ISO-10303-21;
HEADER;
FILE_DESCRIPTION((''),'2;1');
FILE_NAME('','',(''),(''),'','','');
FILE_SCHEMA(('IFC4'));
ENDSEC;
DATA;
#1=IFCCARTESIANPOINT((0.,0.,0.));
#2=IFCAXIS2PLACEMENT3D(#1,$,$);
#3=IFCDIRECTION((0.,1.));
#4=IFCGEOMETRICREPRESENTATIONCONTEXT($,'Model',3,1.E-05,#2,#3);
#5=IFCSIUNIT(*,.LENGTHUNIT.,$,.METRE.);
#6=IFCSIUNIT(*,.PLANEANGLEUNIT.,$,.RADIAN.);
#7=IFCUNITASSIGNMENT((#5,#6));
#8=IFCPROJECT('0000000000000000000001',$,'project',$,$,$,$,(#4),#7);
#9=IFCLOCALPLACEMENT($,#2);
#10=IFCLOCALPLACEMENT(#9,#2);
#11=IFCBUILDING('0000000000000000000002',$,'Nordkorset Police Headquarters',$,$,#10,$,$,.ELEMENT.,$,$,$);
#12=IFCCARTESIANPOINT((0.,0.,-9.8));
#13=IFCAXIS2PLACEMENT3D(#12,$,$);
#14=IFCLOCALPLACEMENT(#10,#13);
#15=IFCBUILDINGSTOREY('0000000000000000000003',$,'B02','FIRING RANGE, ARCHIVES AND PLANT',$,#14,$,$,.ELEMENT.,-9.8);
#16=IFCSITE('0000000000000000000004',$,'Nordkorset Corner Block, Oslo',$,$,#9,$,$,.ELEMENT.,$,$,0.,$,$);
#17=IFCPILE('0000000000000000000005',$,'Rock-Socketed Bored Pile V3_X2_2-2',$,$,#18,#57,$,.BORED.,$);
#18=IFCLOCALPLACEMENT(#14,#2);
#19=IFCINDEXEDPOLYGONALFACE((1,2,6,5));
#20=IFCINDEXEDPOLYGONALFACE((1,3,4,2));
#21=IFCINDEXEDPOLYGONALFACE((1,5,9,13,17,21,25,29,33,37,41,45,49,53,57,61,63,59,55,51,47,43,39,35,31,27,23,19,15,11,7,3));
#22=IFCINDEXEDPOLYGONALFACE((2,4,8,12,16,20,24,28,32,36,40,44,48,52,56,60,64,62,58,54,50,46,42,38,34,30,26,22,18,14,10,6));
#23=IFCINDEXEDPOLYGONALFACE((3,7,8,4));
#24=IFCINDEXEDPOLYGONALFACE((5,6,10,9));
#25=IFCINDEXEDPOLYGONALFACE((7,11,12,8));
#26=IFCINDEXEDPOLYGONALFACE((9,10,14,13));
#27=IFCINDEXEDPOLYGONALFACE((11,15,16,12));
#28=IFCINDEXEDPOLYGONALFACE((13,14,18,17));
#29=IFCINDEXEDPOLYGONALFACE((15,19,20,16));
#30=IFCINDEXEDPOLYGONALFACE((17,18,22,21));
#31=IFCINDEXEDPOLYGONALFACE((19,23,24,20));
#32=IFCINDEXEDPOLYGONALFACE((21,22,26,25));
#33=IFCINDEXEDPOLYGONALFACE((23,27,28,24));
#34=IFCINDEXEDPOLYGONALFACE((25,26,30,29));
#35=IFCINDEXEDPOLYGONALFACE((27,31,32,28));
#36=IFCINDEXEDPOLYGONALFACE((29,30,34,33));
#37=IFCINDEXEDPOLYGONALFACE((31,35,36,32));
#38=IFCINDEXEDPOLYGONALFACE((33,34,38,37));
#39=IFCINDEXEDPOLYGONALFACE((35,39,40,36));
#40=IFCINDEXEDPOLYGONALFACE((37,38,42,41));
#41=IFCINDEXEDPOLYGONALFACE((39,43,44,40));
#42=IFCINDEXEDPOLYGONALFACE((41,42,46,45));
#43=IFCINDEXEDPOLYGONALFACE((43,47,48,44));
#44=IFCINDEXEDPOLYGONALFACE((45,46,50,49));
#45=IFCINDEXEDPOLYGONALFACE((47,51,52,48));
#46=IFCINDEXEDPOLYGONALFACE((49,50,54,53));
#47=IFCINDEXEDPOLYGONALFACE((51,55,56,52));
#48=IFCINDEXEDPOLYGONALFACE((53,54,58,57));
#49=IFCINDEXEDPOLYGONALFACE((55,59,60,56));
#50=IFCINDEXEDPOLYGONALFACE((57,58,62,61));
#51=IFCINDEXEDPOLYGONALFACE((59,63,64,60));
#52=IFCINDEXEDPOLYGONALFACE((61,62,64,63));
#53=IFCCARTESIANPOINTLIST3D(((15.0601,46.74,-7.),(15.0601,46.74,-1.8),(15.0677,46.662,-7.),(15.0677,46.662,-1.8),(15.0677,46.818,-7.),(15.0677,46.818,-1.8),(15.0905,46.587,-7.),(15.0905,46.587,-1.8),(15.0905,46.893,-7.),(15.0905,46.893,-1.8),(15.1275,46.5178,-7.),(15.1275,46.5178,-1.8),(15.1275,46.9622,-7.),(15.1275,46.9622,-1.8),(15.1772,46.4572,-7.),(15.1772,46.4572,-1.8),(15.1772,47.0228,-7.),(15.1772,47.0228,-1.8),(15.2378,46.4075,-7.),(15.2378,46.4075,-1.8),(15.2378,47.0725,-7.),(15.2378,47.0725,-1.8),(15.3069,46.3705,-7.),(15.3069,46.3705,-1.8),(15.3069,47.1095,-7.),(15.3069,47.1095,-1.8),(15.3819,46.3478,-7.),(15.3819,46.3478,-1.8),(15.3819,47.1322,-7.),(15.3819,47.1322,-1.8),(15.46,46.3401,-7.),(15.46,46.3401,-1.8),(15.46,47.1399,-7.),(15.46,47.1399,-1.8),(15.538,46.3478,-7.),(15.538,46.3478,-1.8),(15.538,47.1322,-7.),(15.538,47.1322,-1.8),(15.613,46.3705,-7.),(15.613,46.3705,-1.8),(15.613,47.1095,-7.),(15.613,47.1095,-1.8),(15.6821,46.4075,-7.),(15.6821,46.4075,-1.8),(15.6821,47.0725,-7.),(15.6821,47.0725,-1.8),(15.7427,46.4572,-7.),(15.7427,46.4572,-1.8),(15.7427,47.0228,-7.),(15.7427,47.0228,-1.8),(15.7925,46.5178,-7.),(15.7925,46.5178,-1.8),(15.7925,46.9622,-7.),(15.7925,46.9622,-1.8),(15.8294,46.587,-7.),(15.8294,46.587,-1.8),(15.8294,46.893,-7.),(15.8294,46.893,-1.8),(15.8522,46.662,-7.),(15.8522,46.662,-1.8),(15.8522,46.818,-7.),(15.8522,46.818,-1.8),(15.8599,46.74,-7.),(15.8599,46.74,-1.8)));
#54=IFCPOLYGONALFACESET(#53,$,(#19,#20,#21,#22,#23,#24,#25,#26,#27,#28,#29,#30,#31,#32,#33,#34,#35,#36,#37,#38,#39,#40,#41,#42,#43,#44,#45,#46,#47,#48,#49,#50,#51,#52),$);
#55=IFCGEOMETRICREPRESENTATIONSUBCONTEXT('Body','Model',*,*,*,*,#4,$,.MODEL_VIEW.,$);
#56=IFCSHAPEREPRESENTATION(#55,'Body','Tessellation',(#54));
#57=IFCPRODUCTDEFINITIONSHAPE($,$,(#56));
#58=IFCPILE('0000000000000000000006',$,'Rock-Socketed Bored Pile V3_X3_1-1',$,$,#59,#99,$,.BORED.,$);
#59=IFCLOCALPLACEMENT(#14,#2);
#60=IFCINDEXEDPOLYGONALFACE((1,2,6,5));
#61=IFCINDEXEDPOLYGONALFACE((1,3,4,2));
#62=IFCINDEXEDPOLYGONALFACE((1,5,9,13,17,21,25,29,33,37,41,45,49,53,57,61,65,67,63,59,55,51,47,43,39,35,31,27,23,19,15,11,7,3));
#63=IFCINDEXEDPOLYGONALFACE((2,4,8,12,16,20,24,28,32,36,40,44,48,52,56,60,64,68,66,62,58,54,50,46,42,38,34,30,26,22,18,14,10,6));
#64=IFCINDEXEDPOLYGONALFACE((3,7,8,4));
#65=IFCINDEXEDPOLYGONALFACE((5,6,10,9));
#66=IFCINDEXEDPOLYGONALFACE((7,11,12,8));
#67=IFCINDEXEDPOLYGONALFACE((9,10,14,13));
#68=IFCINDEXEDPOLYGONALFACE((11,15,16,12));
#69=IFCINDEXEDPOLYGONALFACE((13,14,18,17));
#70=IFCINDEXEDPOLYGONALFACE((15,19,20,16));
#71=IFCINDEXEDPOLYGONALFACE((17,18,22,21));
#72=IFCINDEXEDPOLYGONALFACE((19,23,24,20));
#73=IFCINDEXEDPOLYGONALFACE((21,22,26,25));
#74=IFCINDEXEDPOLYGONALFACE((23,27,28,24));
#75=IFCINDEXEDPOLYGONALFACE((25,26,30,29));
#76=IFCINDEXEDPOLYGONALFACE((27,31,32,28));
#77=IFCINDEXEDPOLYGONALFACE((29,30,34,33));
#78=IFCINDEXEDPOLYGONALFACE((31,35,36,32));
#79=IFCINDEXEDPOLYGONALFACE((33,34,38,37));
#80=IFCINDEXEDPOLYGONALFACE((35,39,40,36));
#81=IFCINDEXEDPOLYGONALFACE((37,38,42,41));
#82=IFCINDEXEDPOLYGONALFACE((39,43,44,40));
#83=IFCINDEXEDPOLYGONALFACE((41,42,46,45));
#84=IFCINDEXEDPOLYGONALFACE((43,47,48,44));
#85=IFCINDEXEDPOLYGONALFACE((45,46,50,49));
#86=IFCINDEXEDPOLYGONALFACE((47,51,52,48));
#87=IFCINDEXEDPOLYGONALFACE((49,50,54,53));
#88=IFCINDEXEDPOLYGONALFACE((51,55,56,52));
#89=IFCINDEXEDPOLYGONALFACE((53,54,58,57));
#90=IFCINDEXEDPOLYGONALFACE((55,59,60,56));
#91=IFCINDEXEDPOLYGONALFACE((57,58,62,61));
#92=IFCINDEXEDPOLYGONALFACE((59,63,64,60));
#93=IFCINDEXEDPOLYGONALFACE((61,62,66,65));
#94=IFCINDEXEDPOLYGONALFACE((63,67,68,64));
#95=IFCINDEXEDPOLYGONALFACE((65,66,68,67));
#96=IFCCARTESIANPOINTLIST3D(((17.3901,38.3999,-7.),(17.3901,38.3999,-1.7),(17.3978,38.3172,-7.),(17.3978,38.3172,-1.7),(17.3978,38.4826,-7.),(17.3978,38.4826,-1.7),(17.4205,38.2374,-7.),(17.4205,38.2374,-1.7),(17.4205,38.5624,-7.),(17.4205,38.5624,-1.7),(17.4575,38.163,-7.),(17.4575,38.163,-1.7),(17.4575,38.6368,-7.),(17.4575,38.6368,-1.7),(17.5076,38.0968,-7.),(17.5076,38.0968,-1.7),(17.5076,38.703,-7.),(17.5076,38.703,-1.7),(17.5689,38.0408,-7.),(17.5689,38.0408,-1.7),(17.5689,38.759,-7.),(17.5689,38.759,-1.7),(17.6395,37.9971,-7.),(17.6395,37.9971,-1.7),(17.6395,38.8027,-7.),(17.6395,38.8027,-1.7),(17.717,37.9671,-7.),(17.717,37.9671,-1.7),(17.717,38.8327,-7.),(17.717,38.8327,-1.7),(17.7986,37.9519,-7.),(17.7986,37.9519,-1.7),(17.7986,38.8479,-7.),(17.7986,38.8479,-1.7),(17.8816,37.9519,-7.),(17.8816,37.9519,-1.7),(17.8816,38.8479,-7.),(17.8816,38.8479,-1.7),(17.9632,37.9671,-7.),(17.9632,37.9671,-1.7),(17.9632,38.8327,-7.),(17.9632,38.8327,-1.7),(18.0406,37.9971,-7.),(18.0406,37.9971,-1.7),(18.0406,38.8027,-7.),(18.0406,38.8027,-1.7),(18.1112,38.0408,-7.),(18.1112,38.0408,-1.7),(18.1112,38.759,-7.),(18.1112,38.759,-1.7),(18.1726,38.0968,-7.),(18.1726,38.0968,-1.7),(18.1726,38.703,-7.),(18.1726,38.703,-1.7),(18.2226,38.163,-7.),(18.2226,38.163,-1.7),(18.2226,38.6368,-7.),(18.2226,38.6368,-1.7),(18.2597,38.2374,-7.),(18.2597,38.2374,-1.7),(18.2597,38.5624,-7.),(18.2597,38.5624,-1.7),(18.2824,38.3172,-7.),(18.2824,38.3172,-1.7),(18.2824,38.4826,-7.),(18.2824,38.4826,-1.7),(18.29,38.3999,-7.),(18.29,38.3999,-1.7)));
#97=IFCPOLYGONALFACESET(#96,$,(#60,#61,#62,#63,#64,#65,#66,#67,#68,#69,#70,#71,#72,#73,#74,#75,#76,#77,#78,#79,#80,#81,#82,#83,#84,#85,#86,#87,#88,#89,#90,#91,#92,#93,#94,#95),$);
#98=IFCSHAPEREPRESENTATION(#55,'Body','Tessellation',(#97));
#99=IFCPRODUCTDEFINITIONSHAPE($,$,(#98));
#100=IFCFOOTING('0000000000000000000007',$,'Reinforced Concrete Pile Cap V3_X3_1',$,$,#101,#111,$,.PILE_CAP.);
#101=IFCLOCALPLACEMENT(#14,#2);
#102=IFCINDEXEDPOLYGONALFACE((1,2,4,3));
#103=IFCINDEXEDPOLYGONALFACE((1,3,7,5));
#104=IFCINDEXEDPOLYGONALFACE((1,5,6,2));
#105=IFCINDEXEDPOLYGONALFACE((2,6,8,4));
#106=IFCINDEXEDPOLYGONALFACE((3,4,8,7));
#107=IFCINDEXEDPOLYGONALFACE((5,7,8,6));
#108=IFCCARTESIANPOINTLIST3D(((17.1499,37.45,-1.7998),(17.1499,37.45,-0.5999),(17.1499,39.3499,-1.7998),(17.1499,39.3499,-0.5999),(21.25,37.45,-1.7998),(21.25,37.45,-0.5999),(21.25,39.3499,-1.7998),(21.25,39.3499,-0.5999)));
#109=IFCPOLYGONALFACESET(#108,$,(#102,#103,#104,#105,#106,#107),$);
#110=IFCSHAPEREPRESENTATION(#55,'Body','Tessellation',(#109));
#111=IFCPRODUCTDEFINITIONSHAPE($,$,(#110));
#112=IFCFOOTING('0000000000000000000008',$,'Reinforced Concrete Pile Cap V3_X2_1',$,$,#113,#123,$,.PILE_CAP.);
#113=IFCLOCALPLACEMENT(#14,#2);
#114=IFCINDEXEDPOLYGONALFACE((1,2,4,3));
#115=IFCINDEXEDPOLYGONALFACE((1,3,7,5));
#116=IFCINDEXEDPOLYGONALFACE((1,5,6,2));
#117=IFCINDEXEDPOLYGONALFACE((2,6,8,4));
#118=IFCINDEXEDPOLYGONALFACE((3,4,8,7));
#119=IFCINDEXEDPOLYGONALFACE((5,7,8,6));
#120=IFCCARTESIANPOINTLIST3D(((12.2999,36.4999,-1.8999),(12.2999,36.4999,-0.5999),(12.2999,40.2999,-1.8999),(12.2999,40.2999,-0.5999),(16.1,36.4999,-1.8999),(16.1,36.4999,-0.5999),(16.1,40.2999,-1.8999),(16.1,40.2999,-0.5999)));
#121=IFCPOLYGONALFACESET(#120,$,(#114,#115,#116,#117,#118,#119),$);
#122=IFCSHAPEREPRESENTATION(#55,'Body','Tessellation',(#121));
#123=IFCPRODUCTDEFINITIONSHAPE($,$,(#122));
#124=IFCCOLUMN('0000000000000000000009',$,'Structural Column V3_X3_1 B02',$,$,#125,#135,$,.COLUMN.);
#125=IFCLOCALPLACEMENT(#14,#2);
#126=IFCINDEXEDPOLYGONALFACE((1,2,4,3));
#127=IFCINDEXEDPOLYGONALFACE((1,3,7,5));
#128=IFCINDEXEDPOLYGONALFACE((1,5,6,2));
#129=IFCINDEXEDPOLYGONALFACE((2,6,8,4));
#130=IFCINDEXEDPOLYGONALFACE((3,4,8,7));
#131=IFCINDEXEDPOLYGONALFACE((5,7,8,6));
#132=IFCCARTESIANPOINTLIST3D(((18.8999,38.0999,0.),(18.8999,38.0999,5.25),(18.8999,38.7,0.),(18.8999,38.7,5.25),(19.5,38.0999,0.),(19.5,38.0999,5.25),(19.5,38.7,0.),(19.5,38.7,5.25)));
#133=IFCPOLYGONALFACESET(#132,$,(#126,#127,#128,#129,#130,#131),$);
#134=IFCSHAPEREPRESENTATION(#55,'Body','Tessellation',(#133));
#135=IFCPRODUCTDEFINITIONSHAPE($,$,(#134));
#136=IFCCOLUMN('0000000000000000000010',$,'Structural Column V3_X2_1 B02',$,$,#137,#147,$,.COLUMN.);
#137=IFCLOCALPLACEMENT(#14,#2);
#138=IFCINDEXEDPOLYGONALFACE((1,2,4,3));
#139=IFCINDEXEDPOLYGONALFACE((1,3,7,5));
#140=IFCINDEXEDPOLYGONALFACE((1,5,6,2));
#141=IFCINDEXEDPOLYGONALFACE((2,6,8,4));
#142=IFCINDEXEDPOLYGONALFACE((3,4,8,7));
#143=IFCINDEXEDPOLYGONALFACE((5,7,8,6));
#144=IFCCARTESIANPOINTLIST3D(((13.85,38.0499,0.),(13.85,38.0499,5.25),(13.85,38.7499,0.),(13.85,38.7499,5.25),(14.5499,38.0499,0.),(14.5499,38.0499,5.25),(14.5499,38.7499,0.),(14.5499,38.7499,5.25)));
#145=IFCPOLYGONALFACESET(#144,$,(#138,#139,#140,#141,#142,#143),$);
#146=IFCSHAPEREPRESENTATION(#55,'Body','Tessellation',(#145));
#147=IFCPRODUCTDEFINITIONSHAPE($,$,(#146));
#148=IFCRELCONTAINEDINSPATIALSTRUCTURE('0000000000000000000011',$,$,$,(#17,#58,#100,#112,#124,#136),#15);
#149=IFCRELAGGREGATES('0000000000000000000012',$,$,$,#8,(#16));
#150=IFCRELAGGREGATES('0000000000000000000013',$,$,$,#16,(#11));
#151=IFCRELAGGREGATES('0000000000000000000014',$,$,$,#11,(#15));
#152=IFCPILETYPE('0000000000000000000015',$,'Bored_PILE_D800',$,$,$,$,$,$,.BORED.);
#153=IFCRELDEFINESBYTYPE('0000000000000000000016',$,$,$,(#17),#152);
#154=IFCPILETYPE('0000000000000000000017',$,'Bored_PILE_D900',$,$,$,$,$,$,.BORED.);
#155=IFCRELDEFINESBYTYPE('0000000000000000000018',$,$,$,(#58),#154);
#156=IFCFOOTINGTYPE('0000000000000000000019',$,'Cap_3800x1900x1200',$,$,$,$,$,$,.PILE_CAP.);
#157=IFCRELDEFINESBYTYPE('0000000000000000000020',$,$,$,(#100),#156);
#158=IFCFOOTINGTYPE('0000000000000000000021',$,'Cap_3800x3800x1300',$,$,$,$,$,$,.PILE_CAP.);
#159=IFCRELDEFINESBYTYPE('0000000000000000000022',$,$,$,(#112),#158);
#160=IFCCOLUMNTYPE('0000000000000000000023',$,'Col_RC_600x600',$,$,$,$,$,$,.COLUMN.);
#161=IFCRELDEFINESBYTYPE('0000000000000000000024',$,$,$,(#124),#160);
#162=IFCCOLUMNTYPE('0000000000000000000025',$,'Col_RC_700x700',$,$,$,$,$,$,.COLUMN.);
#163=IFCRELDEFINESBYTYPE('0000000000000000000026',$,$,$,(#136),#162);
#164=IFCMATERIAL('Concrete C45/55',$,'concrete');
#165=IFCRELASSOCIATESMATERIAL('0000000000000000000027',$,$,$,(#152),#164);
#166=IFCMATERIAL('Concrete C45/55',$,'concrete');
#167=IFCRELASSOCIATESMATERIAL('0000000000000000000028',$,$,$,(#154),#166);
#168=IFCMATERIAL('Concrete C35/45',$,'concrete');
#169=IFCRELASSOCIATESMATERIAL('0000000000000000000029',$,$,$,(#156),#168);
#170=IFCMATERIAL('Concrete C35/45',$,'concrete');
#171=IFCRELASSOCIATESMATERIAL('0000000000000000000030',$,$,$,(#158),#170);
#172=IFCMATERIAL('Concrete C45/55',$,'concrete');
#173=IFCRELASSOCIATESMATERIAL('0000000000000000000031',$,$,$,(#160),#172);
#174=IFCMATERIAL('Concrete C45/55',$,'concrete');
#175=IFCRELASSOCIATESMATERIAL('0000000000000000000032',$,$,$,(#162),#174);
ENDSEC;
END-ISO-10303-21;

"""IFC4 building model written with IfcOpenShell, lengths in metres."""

from ifc_helpers import new_model, si_unit, direction, frame, origin, origin_2d, place, context, subcontext, project, spatial, rectangle, circle, extrude, material, material_profile, profile_set, type_object, element, save


model = new_model("IFC4")

# Units and contexts
model_context = context("Model", 3, precision=1e-05, world=origin(), true_north=direction((0.0, 1.0)))
body_context = subcontext(model_context, "Body", "Model", "MODEL_VIEW")
ifc_project = project(units=[si_unit("LENGTHUNIT", "METRE"), si_unit("PLANEANGLEUNIT", "RADIAN")], contexts=[model_context])

# Site, building, storey
site_placement = place(None, origin())
site = spatial("IfcSite", under=ifc_project, at=site_placement, Name="Nordkorset Corner Block, Oslo", CompositionType="ELEMENT", RefElevation=0.0)
building_placement = place(site_placement, origin())
building = spatial("IfcBuilding", under=site, at=building_placement, Name="Nordkorset Police Headquarters", CompositionType="ELEMENT")
storey_placement = place(building_placement, frame((0.0, 0.0, -9.8)))
storey = spatial("IfcBuildingStorey", under=building, at=storey_placement, Name="B02", Description="FIRING RANGE, ARCHIVES AND PLANT", CompositionType="ELEMENT", Elevation=-9.8)

# Piles
ifc_material_1 = material(Name="Concrete C45/55", Category="concrete")
ifc_material_profile_1 = material_profile(ifc_material_1, circle(Radius=0.3999, at=origin_2d()), Name="PILE D800")
ifc_profile_set_1 = profile_set([ifc_material_profile_1], Name="Concrete C45/55")
pile_type_1 = type_object("IfcPileType", Name="Bored_PILE_D800", PredefinedType="BORED", material=ifc_profile_set_1)
for number, where, z_axis, x_axis, name in (
    (1, (15.46, 46.74, -1.8), (0.0, 0.0, -1.0), (1.0, 0.0, 0.0), "Rock-Socketed Bored Pile V3_X2_2-2"),
):
    element("IfcPile", number, at=place(storey_placement, frame(where, z_axis=z_axis, x_axis=x_axis)), inside=storey, type_object=pile_type_1, Name=name, PredefinedType="BORED", context=body_context, shape_type="SweptSolid", body=[
        extrude(circle(Radius=0.3999, at=origin_2d()), origin(), (0.0, 0.0, 1.0), 5.2),
    ])
ifc_material_2 = material(Name="Concrete C45/55", Category="concrete")
ifc_material_profile_2 = material_profile(ifc_material_2, circle(Radius=0.45, at=origin_2d()), Name="PILE D900")
ifc_profile_set_2 = profile_set([ifc_material_profile_2], Name="Concrete C45/55")
pile_type_2 = type_object("IfcPileType", Name="Bored_PILE_D900", PredefinedType="BORED", material=ifc_profile_set_2)
pile_placement = place(storey_placement, frame((17.8401, 38.3999, -1.7), z_axis=(0.0, 0.0, -1.0), x_axis=(1.0, 0.0, 0.0)))
element("IfcPile", 2, at=pile_placement, inside=storey, type_object=pile_type_2, Name="Rock-Socketed Bored Pile V3_X3_1-1", PredefinedType="BORED", context=body_context, shape_type="SweptSolid", body=[
    extrude(circle(Radius=0.45, at=origin_2d()), origin(), (0.0, 0.0, 1.0), 5.3),
])

# Footings
ifc_material_3 = material(Name="Concrete C35/45", Category="concrete")
footing_type_1 = type_object("IfcFootingType", Name="Cap_3800x1900x1200", PredefinedType="PILE_CAP", material=ifc_material_3)
footing_1_placement = place(storey_placement, frame((19.2, 38.3999, -1.7998), z_axis=(0.0, 0.0, 1.0), x_axis=(1.0, 0.0, 0.0)))
element("IfcFooting", 3, at=footing_1_placement, inside=storey, type_object=footing_type_1, Name="Reinforced Concrete Pile Cap V3_X3_1", PredefinedType="PILE_CAP", context=body_context, shape_type="SweptSolid", body=[
    extrude(rectangle(XDim=4.1001, YDim=1.8999, at=origin_2d()), origin(), (0.0, 0.0, 1.0), 1.2),
])
ifc_material_4 = material(Name="Concrete C35/45", Category="concrete")
footing_type_2 = type_object("IfcFootingType", Name="Cap_3800x3800x1300", PredefinedType="PILE_CAP", material=ifc_material_4)
footing_2_placement = place(storey_placement, frame((14.2, 38.3999, -1.8999), z_axis=(0.0, 0.0, 1.0), x_axis=(1.0, 0.0, 0.0)))
element("IfcFooting", 4, at=footing_2_placement, inside=storey, type_object=footing_type_2, Name="Reinforced Concrete Pile Cap V3_X2_1", PredefinedType="PILE_CAP", context=body_context, shape_type="SweptSolid", body=[
    extrude(rectangle(XDim=3.8, YDim=3.8, at=origin_2d()), origin(), (0.0, 0.0, 1.0), 1.3),
])

# Columns
ifc_material_5 = material(Name="Concrete C45/55", Category="concrete")
ifc_material_profile_3 = material_profile(ifc_material_5, rectangle(XDim=0.6001, YDim=0.6001, at=origin_2d()), Name="RC 600x600")
ifc_profile_set_3 = profile_set([ifc_material_profile_3], Name="Concrete C45/55")
column_type_1 = type_object("IfcColumnType", Name="Col_RC_600x600", PredefinedType="COLUMN", material=ifc_profile_set_3)
column_1_placement = place(storey_placement, frame((19.2, 38.3999, 0.0), z_axis=(0.0, 0.0, 1.0), x_axis=(1.0, 0.0, 0.0)))
element("IfcColumn", 5, at=column_1_placement, inside=storey, type_object=column_type_1, Name="Structural Column V3_X3_1 B02", PredefinedType="COLUMN", context=body_context, shape_type="SweptSolid", body=[
    extrude(rectangle(XDim=0.6001, YDim=0.6001, at=origin_2d()), origin(), (0.0, 0.0, 1.0), 5.25),
])
ifc_material_6 = material(Name="Concrete C45/55", Category="concrete")
ifc_material_profile_4 = material_profile(ifc_material_6, rectangle(XDim=0.7, YDim=0.7, at=origin_2d()), Name="RC 700x700")
ifc_profile_set_4 = profile_set([ifc_material_profile_4], Name="Concrete C45/55")
column_type_2 = type_object("IfcColumnType", Name="Col_RC_700x700", PredefinedType="COLUMN", material=ifc_profile_set_4)
column_2_placement = place(storey_placement, frame((14.2, 38.3999, 0.0), z_axis=(0.0, 0.0, 1.0), x_axis=(1.0, 0.0, 0.0)))
element("IfcColumn", 6, at=column_2_placement, inside=storey, type_object=column_type_2, Name="Structural Column V3_X2_1 B02", PredefinedType="COLUMN", context=body_context, shape_type="SweptSolid", body=[
    extrude(rectangle(XDim=0.7, YDim=0.7, at=origin_2d()), origin(), (0.0, 0.0, 1.0), 5.25),
])

save(model, "model.ifc")
